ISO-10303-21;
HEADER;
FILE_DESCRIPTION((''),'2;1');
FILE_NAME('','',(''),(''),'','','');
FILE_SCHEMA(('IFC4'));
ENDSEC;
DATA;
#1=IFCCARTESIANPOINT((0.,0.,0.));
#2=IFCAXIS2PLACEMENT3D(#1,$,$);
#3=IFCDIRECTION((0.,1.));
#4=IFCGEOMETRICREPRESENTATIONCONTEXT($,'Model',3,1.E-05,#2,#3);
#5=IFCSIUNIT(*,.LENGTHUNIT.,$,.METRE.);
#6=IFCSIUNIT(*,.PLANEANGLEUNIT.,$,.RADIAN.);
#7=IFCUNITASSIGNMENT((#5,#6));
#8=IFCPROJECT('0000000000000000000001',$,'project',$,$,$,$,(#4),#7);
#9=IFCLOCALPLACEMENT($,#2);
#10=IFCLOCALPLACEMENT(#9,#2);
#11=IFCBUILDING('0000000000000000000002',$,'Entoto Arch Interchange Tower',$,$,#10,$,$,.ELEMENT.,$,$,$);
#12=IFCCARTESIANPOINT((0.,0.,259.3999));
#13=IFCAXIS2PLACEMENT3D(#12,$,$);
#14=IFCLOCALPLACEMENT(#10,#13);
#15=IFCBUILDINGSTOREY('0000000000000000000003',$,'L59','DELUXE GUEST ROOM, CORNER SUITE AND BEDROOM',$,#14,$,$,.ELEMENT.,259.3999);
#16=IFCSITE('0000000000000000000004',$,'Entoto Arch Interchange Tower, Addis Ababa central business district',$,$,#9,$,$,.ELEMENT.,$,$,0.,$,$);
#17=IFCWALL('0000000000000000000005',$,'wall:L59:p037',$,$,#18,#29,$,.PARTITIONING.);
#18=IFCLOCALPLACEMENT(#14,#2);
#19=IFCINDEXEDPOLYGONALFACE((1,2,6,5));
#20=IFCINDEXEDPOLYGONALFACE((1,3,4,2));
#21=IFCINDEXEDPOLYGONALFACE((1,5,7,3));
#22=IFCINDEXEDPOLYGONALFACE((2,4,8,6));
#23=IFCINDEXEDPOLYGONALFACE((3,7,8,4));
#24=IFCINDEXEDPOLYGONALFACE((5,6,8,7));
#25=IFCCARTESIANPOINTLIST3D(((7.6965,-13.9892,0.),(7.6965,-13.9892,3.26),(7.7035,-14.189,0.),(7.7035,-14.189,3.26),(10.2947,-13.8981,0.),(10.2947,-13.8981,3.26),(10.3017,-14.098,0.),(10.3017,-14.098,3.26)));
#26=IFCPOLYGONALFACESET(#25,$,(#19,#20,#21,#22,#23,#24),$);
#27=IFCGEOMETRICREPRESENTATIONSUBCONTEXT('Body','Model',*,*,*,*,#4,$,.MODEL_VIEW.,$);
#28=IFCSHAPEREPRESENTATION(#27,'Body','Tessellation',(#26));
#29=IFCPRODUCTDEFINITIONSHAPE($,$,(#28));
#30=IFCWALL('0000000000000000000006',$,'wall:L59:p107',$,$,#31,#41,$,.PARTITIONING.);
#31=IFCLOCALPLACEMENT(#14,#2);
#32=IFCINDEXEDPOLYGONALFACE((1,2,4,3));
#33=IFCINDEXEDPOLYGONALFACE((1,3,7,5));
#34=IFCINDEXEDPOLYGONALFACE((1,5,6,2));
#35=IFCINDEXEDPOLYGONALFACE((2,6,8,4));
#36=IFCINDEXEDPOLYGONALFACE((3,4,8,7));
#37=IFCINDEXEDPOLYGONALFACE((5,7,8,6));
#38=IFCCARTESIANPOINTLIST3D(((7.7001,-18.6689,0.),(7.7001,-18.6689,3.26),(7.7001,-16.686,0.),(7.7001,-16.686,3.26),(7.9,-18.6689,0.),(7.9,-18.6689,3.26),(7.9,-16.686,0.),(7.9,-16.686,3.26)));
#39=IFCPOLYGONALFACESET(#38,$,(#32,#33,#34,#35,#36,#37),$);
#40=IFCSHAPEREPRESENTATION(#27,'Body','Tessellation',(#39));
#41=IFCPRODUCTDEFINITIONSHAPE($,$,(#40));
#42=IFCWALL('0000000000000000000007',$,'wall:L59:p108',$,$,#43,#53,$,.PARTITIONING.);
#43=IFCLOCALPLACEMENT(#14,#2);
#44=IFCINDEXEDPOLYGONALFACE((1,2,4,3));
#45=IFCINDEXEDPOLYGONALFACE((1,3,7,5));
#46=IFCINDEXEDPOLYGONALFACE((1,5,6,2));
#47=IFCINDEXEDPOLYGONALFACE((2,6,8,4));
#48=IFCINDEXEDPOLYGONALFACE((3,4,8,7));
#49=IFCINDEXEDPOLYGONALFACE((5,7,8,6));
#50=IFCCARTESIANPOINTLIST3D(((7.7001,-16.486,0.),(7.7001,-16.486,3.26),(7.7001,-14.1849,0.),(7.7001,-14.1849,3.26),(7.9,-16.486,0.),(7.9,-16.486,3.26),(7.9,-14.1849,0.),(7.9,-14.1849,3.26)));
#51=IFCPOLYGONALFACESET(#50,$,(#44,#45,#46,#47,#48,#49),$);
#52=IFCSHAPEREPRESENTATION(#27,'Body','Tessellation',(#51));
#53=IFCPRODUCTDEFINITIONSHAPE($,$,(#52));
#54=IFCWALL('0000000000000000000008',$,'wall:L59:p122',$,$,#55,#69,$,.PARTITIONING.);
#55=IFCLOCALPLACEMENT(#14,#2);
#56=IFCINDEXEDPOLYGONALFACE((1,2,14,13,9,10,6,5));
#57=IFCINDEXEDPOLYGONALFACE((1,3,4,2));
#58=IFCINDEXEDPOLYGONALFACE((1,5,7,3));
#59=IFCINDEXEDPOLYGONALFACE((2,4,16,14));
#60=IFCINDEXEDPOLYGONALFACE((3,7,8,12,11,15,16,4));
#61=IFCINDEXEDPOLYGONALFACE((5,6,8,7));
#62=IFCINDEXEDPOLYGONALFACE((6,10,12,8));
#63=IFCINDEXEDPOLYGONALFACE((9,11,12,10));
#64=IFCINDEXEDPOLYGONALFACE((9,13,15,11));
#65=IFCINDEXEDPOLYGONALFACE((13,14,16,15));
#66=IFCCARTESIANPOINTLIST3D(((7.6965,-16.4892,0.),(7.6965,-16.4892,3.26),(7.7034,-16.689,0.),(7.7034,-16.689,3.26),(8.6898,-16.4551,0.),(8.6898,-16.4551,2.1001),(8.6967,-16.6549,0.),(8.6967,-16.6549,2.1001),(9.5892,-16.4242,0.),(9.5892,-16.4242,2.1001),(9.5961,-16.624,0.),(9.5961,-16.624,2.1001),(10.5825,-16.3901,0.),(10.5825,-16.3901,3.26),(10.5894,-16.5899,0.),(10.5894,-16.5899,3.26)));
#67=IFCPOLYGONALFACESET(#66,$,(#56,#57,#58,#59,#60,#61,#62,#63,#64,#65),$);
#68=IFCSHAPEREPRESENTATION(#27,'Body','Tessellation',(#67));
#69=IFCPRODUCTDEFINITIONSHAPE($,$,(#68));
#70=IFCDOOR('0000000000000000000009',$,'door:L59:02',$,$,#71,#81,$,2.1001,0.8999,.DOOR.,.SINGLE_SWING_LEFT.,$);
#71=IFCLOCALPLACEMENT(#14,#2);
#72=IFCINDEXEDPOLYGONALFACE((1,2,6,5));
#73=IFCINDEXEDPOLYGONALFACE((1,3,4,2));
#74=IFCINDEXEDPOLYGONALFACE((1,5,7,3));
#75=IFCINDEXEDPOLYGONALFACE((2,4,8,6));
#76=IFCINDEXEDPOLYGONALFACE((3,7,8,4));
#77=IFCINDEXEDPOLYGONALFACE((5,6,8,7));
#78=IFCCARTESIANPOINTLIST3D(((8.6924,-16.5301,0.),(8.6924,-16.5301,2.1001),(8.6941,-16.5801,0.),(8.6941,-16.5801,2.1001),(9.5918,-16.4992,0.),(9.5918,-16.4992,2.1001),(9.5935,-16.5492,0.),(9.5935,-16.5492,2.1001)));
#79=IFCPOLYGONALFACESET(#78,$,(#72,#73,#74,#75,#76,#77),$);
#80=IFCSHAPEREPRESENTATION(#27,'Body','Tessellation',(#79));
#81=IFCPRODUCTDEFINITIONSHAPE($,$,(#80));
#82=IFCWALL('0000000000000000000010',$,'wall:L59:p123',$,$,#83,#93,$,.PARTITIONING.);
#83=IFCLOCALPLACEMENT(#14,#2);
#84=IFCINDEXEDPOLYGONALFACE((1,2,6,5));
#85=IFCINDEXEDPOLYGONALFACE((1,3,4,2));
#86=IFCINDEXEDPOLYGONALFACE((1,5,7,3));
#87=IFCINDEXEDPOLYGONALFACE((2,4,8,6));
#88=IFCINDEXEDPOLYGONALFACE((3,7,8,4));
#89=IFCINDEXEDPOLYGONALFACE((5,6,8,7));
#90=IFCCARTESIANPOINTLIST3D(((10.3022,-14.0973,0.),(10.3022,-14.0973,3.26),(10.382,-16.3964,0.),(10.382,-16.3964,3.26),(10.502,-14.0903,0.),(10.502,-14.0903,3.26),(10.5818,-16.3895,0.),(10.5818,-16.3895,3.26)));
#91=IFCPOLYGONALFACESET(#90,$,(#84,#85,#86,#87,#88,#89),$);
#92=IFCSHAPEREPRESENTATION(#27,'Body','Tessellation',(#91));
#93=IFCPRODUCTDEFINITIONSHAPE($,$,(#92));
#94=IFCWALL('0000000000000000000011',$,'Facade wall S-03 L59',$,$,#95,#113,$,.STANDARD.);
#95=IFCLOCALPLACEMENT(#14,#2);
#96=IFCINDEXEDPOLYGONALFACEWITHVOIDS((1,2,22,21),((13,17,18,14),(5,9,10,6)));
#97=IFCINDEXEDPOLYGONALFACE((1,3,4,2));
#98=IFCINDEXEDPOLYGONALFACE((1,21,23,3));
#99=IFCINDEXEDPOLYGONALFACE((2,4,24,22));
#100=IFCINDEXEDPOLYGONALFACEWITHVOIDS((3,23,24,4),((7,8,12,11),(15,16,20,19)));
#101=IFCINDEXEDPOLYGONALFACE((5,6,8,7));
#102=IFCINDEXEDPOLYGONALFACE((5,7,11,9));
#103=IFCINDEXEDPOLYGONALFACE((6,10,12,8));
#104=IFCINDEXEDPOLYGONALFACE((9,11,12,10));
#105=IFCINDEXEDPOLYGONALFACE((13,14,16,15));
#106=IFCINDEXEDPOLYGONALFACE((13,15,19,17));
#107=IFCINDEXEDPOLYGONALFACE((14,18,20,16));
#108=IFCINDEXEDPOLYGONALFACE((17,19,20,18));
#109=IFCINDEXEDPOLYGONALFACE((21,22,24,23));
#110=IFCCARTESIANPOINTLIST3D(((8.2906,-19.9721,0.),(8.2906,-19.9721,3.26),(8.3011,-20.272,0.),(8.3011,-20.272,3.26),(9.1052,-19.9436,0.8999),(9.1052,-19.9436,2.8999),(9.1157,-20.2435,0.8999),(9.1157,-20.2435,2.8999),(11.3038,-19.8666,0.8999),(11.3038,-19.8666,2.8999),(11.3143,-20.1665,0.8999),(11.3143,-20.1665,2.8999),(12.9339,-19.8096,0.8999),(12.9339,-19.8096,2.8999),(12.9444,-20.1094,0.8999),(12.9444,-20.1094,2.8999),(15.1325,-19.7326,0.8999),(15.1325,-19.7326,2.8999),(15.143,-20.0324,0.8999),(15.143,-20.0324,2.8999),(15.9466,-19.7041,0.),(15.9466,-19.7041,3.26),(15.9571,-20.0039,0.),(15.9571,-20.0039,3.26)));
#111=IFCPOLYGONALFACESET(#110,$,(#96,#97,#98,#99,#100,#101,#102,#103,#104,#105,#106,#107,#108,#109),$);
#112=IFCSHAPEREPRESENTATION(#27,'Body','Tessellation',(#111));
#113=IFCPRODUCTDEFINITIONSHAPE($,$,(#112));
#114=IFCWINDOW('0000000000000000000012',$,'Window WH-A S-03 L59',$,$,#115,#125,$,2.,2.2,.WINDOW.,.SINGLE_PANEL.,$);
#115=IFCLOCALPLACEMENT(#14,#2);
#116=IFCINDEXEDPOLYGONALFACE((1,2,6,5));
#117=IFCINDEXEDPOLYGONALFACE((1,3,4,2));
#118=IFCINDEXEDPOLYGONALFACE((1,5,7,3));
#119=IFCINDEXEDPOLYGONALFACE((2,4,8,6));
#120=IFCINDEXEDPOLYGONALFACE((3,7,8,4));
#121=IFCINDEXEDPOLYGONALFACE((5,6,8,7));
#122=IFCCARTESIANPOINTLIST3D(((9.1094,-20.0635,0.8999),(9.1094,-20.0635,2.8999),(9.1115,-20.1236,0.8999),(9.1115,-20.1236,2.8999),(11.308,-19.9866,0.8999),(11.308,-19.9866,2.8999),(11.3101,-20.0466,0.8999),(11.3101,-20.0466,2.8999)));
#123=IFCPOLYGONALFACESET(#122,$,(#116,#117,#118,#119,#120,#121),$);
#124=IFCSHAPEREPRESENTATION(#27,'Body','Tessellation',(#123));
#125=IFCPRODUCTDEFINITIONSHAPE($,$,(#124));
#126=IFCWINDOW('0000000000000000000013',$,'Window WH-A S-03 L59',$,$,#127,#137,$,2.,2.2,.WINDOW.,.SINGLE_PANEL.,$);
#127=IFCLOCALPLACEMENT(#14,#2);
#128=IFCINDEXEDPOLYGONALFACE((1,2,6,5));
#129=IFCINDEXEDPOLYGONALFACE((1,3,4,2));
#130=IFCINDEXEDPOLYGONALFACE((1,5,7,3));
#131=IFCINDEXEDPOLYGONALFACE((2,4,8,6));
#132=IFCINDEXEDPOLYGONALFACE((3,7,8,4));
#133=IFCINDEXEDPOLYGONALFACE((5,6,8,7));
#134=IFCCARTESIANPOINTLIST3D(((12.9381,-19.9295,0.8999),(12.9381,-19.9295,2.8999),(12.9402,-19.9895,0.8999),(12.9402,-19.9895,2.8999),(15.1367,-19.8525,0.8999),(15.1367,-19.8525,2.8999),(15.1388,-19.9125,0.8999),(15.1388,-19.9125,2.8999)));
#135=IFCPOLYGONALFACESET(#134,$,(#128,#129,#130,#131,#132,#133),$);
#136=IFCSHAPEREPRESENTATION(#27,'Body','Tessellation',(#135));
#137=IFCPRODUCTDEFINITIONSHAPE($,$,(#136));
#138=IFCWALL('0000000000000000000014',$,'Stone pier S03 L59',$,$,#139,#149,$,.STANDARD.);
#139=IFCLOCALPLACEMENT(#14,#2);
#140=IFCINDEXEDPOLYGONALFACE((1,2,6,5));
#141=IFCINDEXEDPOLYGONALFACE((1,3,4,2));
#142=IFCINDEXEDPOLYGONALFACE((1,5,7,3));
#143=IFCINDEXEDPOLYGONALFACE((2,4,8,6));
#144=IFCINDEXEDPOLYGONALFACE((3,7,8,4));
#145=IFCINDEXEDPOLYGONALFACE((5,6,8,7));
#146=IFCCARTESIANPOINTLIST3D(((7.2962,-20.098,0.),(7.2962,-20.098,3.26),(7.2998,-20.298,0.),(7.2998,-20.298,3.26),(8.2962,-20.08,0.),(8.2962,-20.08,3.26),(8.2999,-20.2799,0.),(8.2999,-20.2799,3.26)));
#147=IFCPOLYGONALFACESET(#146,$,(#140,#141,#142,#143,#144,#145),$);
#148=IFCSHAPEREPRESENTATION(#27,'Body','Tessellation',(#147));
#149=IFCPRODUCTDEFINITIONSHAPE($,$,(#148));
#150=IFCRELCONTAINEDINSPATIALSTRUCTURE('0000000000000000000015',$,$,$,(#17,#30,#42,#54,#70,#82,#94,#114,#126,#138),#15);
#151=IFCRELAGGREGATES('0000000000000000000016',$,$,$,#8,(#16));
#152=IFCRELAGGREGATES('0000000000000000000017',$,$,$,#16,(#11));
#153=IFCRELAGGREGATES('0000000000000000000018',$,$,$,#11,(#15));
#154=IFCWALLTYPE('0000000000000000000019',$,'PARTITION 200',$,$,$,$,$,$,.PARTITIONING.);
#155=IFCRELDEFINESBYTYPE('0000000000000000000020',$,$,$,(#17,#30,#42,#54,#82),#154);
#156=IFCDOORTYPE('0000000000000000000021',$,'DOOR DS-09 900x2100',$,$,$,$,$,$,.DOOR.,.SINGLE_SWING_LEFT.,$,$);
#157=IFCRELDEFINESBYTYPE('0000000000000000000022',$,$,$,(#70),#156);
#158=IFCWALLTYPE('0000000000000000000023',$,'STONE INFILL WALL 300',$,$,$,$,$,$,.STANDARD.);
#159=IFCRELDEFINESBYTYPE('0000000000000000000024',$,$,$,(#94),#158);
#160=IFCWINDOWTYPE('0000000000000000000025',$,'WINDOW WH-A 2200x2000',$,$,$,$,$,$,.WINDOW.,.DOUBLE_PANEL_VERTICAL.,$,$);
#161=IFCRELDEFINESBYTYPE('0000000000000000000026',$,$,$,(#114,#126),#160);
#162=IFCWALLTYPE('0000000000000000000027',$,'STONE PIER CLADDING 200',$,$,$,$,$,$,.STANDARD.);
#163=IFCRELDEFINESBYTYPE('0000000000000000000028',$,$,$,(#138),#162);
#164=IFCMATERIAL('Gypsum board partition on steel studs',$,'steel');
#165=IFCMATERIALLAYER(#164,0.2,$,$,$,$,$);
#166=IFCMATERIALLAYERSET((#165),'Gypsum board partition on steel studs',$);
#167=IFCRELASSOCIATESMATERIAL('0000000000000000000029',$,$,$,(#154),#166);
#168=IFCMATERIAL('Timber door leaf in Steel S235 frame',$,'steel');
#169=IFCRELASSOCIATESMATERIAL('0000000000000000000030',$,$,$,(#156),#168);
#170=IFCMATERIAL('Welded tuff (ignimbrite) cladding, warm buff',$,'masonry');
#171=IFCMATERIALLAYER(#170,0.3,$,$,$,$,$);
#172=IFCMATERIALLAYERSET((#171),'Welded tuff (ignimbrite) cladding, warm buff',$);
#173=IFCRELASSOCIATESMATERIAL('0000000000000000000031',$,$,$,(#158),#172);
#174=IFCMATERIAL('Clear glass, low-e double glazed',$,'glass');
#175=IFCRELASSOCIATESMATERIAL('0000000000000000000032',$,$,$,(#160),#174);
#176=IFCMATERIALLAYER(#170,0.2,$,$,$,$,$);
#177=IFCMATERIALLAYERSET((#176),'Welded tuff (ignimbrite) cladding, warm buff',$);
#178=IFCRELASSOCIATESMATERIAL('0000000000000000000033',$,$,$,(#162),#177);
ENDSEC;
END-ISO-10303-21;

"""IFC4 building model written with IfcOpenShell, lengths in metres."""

from ifc_helpers import new_model, si_unit, direction, frame, frame_2d, origin, place, context, subcontext, project, spatial, rectangle, extrude, material, layer, layer_set, type_object, element, fill, save


model = new_model("IFC4")

# Units and contexts
model_context = context("Model", 3, precision=1e-05, world=origin(), true_north=direction((0.0, 1.0)))
body_context = subcontext(model_context, "Body", "Model", "MODEL_VIEW")
ifc_project = project(units=[si_unit("LENGTHUNIT", "METRE"), si_unit("PLANEANGLEUNIT", "RADIAN")], contexts=[model_context])

# Site, building, storey
site_placement = place(None, origin())
site = spatial("IfcSite", under=ifc_project, at=site_placement, Name="Entoto Arch Interchange Tower, Addis Ababa central business district", CompositionType="ELEMENT", RefElevation=0.0)
building_placement = place(site_placement, origin())
building = spatial("IfcBuilding", under=site, at=building_placement, Name="Entoto Arch Interchange Tower", CompositionType="ELEMENT")
storey_placement = place(building_placement, frame((0.0, 0.0, 259.3999)))
storey = spatial("IfcBuildingStorey", under=building, at=storey_placement, Name="L59", Description="DELUXE GUEST ROOM, CORNER SUITE AND BEDROOM", CompositionType="ELEMENT", Elevation=259.3999)

# Shared definitions
ifc_material_1 = material(Name="Clear glass, low-e double glazed", Category="glass")

# Walls
ifc_material_2 = material(Name="Gypsum board partition on steel studs", Category="steel")
ifc_layer_1 = layer(ifc_material_2, 0.2)
ifc_layer_set_1 = layer_set([ifc_layer_1], Name="Gypsum board partition on steel studs")
wall_type_1 = type_object("IfcWallType", Name="PARTITION 200", PredefinedType="PARTITIONING", material=ifc_layer_set_1)
wall_1_placement = place(storey_placement, frame((10.2981, -13.998, 0.0), z_axis=(0.0, 0.0, 1.0), x_axis=(-0.999386, -0.035028, 0.0)))
element("IfcWall", 1, at=wall_1_placement, inside=storey, type_object=wall_type_1, Name="wall:L59:p037", PredefinedType="PARTITIONING", context=body_context, shape_type="SweptSolid", body=[
    extrude(rectangle(XDim=2.5999, YDim=0.2, at=frame_2d((1.2998, 0.0))), origin(), (0.0, 0.0, 1.0), 3.26),
])
wall_2_placement = place(storey_placement, frame((7.8, -16.686, 0.0), z_axis=(0.0, 0.0, 1.0), x_axis=(0.0, -1.0, 0.0)))
element("IfcWall", 2, at=wall_2_placement, inside=storey, type_object=wall_type_1, Name="wall:L59:p107", PredefinedType="PARTITIONING", context=body_context, shape_type="SweptSolid", body=[
    extrude(rectangle(XDim=1.9829, YDim=0.2, at=frame_2d((0.9915, 0.0))), origin(), (0.0, 0.0, 1.0), 3.26),
])
wall_3_placement = place(storey_placement, frame((7.8, -14.1851, 0.0), z_axis=(0.0, 0.0, 1.0), x_axis=(0.0, -1.0, 0.0)))
element("IfcWall", 3, at=wall_3_placement, inside=storey, type_object=wall_type_1, Name="wall:L59:p108", PredefinedType="PARTITIONING", context=body_context, shape_type="SweptSolid", body=[
    extrude(rectangle(XDim=2.301, YDim=0.2, at=frame_2d((1.1504, 0.0))), origin(), (0.0, 0.0, 1.0), 3.26),
])

# Wall, opening, door
wall_4_placement = place(storey_placement, frame((7.7, -16.5891, 0.0), z_axis=(0.0, 0.0, 1.0), x_axis=(0.999411, 0.034325, 0.0)))
wall_4 = element("IfcWall", 4, at=wall_4_placement, inside=storey, type_object=wall_type_1, Name="wall:L59:p122", PredefinedType="PARTITIONING", context=body_context, shape_type="SweptSolid", body=[
    extrude(rectangle(XDim=2.8877, YDim=0.2, at=frame_2d((1.4438, 0.0))), origin(), (0.0, 0.0, 1.0), 3.26),
])
opening_1_placement = place(wall_4_placement, frame((0.9939, 0.0, 0.0)))
opening_1 = element("IfcOpeningElement", 5, at=opening_1_placement, cuts=wall_4, PredefinedType="OPENING", context=body_context, shape_type="SweptSolid", body=[
    extrude(rectangle(XDim=0.8999, YDim=2.1001, at=frame_2d((0.45, 1.05))), frame((0.0, 0.1099, 0.0), z_axis=(0.0, -1.0, 0.0), x_axis=(1.0, 0.0, 0.0)), (0.0, 0.0, 1.0), 0.22),
])
ifc_material_3 = material(Name="Timber door leaf in Steel S235 frame", Category="steel")
door_type = type_object("IfcDoorType", Name="DOOR DS-09 900x2100", OperationType="SINGLE_SWING_LEFT", PredefinedType="DOOR", material=ifc_material_3)
door_placement = place(opening_1_placement, origin())
door = element("IfcDoor", 6, at=door_placement, inside=storey, type_object=door_type, Name="door:L59:02", OperationType="SINGLE_SWING_LEFT", OverallHeight=2.1001, OverallWidth=0.8999, PredefinedType="DOOR", context=body_context, shape_type="SweptSolid", body=[
    extrude(rectangle(XDim=0.8999, YDim=2.1001, at=frame_2d((0.45, 1.05))), frame((0.0, 0.0249, 0.0), z_axis=(0.0, -1.0, 0.0), x_axis=(1.0, 0.0, 0.0)), (0.0, 0.0, 1.0), 0.05),
])
fill(opening_1, door)

# Wall
wall_5_placement = place(storey_placement, frame((10.4819, -16.3931, 0.0), z_axis=(0.0, 0.0, 1.0), x_axis=(-0.034704, 0.999398, 0.0)))
element("IfcWall", 7, at=wall_5_placement, inside=storey, type_object=wall_type_1, Name="wall:L59:p123", PredefinedType="PARTITIONING", context=body_context, shape_type="SweptSolid", body=[
    extrude(rectangle(XDim=2.3005, YDim=0.2, at=frame_2d((1.1504, 0.0))), origin(), (0.0, 0.0, 1.0), 3.26),
])

# Wall, openings, windows
ifc_material_4 = material(Name="Welded tuff (ignimbrite) cladding, warm buff", Category="masonry")
ifc_layer_2 = layer(ifc_material_4, 0.3)
ifc_layer_set_2 = layer_set([ifc_layer_2], Name="Welded tuff (ignimbrite) cladding, warm buff")
wall_type_2 = type_object("IfcWallType", Name="STONE INFILL WALL 300", PredefinedType="STANDARD", material=ifc_layer_set_2)
wall_6_placement = place(storey_placement, frame((8.2959, -20.1221, 0.0), z_axis=(0.0, 0.0, 1.0), x_axis=(0.999388, 0.034992, 0.0)))
wall_6 = element("IfcWall", 8, at=wall_6_placement, inside=storey, type_object=wall_type_2, Name="Facade wall S-03 L59", PredefinedType="STANDARD", context=body_context, shape_type="SweptSolid", body=[
    extrude(rectangle(XDim=7.6606, YDim=0.3, at=frame_2d((3.8303, 0.0))), origin(), (0.0, 0.0, 1.0), 3.26),
])
opening_2_placement = place(wall_6_placement, frame((0.8149, 0.0, 0.8999)))
opening_2 = element("IfcOpeningElement", 9, at=opening_2_placement, cuts=wall_6, PredefinedType="OPENING", context=body_context, shape_type="SweptSolid", body=[
    extrude(rectangle(XDim=2.2, YDim=2.0, at=frame_2d((1.1001, 1.0))), frame((0.0, 0.1602, 0.0), z_axis=(0.0, -1.0, 0.0), x_axis=(1.0, 0.0, 0.0)), (0.0, 0.0, 1.0), 0.3201),
])
opening_3_placement = place(wall_6_placement, frame((4.646, 0.0, 0.8999)))
opening_3 = element("IfcOpeningElement", 10, at=opening_3_placement, cuts=wall_6, PredefinedType="OPENING", context=body_context, shape_type="SweptSolid", body=[
    extrude(rectangle(XDim=2.2, YDim=2.0, at=frame_2d((1.1001, 1.0))), frame((0.0, 0.1602, 0.0), z_axis=(0.0, -1.0, 0.0), x_axis=(1.0, 0.0, 0.0)), (0.0, 0.0, 1.0), 0.3201),
])
window_type = type_object("IfcWindowType", Name="WINDOW WH-A 2200x2000", PartitioningType="DOUBLE_PANEL_VERTICAL", PredefinedType="WINDOW", material=ifc_material_1)
window_1_placement = place(opening_2_placement, origin())
window_1 = element("IfcWindow", 11, at=window_1_placement, inside=storey, type_object=window_type, Name="Window WH-A S-03 L59", OverallHeight=2.0, OverallWidth=2.2, PartitioningType="SINGLE_PANEL", PredefinedType="WINDOW", context=body_context, shape_type="SweptSolid", body=[
    extrude(rectangle(XDim=2.2, YDim=2.0, at=frame_2d((1.1001, 1.0))), frame((0.0, 0.03, 0.0), z_axis=(0.0, -1.0, 0.0), x_axis=(1.0, 0.0, 0.0)), (0.0, 0.0, 1.0), 0.0601),
])
fill(opening_2, window_1)
window_2_placement = place(opening_3_placement, origin())
window_2 = element("IfcWindow", 12, at=window_2_placement, inside=storey, type_object=window_type, Name="Window WH-A S-03 L59", OverallHeight=2.0, OverallWidth=2.2, PartitioningType="SINGLE_PANEL", PredefinedType="WINDOW", context=body_context, shape_type="SweptSolid", body=[
    extrude(rectangle(XDim=2.2, YDim=2.0, at=frame_2d((1.1001, 1.0))), frame((0.0, 0.03, 0.0), z_axis=(0.0, -1.0, 0.0), x_axis=(1.0, 0.0, 0.0)), (0.0, 0.0, 1.0), 0.0601),
])
fill(opening_3, window_2)

# Wall
ifc_layer_3 = layer(ifc_material_4, 0.2)
ifc_layer_set_3 = layer_set([ifc_layer_3], Name="Welded tuff (ignimbrite) cladding, warm buff")
wall_type_3 = type_object("IfcWallType", Name="STONE PIER CLADDING 200", PredefinedType="STANDARD", material=ifc_layer_set_3)
wall_7_placement = place(storey_placement, frame((7.2981, -20.198, 0.0), z_axis=(0.0, 0.0, 1.0), x_axis=(0.999837, 0.018063, 0.0)))
element("IfcWall", 13, at=wall_7_placement, inside=storey, type_object=wall_type_3, Name="Stone pier S03 L59", PredefinedType="STANDARD", context=body_context, shape_type="SweptSolid", body=[
    extrude(rectangle(XDim=1.0002, YDim=0.2, at=frame_2d((0.5, 0.0))), origin(), (0.0, 0.0, 1.0), 3.26),
])

save(model, "model.ifc")
